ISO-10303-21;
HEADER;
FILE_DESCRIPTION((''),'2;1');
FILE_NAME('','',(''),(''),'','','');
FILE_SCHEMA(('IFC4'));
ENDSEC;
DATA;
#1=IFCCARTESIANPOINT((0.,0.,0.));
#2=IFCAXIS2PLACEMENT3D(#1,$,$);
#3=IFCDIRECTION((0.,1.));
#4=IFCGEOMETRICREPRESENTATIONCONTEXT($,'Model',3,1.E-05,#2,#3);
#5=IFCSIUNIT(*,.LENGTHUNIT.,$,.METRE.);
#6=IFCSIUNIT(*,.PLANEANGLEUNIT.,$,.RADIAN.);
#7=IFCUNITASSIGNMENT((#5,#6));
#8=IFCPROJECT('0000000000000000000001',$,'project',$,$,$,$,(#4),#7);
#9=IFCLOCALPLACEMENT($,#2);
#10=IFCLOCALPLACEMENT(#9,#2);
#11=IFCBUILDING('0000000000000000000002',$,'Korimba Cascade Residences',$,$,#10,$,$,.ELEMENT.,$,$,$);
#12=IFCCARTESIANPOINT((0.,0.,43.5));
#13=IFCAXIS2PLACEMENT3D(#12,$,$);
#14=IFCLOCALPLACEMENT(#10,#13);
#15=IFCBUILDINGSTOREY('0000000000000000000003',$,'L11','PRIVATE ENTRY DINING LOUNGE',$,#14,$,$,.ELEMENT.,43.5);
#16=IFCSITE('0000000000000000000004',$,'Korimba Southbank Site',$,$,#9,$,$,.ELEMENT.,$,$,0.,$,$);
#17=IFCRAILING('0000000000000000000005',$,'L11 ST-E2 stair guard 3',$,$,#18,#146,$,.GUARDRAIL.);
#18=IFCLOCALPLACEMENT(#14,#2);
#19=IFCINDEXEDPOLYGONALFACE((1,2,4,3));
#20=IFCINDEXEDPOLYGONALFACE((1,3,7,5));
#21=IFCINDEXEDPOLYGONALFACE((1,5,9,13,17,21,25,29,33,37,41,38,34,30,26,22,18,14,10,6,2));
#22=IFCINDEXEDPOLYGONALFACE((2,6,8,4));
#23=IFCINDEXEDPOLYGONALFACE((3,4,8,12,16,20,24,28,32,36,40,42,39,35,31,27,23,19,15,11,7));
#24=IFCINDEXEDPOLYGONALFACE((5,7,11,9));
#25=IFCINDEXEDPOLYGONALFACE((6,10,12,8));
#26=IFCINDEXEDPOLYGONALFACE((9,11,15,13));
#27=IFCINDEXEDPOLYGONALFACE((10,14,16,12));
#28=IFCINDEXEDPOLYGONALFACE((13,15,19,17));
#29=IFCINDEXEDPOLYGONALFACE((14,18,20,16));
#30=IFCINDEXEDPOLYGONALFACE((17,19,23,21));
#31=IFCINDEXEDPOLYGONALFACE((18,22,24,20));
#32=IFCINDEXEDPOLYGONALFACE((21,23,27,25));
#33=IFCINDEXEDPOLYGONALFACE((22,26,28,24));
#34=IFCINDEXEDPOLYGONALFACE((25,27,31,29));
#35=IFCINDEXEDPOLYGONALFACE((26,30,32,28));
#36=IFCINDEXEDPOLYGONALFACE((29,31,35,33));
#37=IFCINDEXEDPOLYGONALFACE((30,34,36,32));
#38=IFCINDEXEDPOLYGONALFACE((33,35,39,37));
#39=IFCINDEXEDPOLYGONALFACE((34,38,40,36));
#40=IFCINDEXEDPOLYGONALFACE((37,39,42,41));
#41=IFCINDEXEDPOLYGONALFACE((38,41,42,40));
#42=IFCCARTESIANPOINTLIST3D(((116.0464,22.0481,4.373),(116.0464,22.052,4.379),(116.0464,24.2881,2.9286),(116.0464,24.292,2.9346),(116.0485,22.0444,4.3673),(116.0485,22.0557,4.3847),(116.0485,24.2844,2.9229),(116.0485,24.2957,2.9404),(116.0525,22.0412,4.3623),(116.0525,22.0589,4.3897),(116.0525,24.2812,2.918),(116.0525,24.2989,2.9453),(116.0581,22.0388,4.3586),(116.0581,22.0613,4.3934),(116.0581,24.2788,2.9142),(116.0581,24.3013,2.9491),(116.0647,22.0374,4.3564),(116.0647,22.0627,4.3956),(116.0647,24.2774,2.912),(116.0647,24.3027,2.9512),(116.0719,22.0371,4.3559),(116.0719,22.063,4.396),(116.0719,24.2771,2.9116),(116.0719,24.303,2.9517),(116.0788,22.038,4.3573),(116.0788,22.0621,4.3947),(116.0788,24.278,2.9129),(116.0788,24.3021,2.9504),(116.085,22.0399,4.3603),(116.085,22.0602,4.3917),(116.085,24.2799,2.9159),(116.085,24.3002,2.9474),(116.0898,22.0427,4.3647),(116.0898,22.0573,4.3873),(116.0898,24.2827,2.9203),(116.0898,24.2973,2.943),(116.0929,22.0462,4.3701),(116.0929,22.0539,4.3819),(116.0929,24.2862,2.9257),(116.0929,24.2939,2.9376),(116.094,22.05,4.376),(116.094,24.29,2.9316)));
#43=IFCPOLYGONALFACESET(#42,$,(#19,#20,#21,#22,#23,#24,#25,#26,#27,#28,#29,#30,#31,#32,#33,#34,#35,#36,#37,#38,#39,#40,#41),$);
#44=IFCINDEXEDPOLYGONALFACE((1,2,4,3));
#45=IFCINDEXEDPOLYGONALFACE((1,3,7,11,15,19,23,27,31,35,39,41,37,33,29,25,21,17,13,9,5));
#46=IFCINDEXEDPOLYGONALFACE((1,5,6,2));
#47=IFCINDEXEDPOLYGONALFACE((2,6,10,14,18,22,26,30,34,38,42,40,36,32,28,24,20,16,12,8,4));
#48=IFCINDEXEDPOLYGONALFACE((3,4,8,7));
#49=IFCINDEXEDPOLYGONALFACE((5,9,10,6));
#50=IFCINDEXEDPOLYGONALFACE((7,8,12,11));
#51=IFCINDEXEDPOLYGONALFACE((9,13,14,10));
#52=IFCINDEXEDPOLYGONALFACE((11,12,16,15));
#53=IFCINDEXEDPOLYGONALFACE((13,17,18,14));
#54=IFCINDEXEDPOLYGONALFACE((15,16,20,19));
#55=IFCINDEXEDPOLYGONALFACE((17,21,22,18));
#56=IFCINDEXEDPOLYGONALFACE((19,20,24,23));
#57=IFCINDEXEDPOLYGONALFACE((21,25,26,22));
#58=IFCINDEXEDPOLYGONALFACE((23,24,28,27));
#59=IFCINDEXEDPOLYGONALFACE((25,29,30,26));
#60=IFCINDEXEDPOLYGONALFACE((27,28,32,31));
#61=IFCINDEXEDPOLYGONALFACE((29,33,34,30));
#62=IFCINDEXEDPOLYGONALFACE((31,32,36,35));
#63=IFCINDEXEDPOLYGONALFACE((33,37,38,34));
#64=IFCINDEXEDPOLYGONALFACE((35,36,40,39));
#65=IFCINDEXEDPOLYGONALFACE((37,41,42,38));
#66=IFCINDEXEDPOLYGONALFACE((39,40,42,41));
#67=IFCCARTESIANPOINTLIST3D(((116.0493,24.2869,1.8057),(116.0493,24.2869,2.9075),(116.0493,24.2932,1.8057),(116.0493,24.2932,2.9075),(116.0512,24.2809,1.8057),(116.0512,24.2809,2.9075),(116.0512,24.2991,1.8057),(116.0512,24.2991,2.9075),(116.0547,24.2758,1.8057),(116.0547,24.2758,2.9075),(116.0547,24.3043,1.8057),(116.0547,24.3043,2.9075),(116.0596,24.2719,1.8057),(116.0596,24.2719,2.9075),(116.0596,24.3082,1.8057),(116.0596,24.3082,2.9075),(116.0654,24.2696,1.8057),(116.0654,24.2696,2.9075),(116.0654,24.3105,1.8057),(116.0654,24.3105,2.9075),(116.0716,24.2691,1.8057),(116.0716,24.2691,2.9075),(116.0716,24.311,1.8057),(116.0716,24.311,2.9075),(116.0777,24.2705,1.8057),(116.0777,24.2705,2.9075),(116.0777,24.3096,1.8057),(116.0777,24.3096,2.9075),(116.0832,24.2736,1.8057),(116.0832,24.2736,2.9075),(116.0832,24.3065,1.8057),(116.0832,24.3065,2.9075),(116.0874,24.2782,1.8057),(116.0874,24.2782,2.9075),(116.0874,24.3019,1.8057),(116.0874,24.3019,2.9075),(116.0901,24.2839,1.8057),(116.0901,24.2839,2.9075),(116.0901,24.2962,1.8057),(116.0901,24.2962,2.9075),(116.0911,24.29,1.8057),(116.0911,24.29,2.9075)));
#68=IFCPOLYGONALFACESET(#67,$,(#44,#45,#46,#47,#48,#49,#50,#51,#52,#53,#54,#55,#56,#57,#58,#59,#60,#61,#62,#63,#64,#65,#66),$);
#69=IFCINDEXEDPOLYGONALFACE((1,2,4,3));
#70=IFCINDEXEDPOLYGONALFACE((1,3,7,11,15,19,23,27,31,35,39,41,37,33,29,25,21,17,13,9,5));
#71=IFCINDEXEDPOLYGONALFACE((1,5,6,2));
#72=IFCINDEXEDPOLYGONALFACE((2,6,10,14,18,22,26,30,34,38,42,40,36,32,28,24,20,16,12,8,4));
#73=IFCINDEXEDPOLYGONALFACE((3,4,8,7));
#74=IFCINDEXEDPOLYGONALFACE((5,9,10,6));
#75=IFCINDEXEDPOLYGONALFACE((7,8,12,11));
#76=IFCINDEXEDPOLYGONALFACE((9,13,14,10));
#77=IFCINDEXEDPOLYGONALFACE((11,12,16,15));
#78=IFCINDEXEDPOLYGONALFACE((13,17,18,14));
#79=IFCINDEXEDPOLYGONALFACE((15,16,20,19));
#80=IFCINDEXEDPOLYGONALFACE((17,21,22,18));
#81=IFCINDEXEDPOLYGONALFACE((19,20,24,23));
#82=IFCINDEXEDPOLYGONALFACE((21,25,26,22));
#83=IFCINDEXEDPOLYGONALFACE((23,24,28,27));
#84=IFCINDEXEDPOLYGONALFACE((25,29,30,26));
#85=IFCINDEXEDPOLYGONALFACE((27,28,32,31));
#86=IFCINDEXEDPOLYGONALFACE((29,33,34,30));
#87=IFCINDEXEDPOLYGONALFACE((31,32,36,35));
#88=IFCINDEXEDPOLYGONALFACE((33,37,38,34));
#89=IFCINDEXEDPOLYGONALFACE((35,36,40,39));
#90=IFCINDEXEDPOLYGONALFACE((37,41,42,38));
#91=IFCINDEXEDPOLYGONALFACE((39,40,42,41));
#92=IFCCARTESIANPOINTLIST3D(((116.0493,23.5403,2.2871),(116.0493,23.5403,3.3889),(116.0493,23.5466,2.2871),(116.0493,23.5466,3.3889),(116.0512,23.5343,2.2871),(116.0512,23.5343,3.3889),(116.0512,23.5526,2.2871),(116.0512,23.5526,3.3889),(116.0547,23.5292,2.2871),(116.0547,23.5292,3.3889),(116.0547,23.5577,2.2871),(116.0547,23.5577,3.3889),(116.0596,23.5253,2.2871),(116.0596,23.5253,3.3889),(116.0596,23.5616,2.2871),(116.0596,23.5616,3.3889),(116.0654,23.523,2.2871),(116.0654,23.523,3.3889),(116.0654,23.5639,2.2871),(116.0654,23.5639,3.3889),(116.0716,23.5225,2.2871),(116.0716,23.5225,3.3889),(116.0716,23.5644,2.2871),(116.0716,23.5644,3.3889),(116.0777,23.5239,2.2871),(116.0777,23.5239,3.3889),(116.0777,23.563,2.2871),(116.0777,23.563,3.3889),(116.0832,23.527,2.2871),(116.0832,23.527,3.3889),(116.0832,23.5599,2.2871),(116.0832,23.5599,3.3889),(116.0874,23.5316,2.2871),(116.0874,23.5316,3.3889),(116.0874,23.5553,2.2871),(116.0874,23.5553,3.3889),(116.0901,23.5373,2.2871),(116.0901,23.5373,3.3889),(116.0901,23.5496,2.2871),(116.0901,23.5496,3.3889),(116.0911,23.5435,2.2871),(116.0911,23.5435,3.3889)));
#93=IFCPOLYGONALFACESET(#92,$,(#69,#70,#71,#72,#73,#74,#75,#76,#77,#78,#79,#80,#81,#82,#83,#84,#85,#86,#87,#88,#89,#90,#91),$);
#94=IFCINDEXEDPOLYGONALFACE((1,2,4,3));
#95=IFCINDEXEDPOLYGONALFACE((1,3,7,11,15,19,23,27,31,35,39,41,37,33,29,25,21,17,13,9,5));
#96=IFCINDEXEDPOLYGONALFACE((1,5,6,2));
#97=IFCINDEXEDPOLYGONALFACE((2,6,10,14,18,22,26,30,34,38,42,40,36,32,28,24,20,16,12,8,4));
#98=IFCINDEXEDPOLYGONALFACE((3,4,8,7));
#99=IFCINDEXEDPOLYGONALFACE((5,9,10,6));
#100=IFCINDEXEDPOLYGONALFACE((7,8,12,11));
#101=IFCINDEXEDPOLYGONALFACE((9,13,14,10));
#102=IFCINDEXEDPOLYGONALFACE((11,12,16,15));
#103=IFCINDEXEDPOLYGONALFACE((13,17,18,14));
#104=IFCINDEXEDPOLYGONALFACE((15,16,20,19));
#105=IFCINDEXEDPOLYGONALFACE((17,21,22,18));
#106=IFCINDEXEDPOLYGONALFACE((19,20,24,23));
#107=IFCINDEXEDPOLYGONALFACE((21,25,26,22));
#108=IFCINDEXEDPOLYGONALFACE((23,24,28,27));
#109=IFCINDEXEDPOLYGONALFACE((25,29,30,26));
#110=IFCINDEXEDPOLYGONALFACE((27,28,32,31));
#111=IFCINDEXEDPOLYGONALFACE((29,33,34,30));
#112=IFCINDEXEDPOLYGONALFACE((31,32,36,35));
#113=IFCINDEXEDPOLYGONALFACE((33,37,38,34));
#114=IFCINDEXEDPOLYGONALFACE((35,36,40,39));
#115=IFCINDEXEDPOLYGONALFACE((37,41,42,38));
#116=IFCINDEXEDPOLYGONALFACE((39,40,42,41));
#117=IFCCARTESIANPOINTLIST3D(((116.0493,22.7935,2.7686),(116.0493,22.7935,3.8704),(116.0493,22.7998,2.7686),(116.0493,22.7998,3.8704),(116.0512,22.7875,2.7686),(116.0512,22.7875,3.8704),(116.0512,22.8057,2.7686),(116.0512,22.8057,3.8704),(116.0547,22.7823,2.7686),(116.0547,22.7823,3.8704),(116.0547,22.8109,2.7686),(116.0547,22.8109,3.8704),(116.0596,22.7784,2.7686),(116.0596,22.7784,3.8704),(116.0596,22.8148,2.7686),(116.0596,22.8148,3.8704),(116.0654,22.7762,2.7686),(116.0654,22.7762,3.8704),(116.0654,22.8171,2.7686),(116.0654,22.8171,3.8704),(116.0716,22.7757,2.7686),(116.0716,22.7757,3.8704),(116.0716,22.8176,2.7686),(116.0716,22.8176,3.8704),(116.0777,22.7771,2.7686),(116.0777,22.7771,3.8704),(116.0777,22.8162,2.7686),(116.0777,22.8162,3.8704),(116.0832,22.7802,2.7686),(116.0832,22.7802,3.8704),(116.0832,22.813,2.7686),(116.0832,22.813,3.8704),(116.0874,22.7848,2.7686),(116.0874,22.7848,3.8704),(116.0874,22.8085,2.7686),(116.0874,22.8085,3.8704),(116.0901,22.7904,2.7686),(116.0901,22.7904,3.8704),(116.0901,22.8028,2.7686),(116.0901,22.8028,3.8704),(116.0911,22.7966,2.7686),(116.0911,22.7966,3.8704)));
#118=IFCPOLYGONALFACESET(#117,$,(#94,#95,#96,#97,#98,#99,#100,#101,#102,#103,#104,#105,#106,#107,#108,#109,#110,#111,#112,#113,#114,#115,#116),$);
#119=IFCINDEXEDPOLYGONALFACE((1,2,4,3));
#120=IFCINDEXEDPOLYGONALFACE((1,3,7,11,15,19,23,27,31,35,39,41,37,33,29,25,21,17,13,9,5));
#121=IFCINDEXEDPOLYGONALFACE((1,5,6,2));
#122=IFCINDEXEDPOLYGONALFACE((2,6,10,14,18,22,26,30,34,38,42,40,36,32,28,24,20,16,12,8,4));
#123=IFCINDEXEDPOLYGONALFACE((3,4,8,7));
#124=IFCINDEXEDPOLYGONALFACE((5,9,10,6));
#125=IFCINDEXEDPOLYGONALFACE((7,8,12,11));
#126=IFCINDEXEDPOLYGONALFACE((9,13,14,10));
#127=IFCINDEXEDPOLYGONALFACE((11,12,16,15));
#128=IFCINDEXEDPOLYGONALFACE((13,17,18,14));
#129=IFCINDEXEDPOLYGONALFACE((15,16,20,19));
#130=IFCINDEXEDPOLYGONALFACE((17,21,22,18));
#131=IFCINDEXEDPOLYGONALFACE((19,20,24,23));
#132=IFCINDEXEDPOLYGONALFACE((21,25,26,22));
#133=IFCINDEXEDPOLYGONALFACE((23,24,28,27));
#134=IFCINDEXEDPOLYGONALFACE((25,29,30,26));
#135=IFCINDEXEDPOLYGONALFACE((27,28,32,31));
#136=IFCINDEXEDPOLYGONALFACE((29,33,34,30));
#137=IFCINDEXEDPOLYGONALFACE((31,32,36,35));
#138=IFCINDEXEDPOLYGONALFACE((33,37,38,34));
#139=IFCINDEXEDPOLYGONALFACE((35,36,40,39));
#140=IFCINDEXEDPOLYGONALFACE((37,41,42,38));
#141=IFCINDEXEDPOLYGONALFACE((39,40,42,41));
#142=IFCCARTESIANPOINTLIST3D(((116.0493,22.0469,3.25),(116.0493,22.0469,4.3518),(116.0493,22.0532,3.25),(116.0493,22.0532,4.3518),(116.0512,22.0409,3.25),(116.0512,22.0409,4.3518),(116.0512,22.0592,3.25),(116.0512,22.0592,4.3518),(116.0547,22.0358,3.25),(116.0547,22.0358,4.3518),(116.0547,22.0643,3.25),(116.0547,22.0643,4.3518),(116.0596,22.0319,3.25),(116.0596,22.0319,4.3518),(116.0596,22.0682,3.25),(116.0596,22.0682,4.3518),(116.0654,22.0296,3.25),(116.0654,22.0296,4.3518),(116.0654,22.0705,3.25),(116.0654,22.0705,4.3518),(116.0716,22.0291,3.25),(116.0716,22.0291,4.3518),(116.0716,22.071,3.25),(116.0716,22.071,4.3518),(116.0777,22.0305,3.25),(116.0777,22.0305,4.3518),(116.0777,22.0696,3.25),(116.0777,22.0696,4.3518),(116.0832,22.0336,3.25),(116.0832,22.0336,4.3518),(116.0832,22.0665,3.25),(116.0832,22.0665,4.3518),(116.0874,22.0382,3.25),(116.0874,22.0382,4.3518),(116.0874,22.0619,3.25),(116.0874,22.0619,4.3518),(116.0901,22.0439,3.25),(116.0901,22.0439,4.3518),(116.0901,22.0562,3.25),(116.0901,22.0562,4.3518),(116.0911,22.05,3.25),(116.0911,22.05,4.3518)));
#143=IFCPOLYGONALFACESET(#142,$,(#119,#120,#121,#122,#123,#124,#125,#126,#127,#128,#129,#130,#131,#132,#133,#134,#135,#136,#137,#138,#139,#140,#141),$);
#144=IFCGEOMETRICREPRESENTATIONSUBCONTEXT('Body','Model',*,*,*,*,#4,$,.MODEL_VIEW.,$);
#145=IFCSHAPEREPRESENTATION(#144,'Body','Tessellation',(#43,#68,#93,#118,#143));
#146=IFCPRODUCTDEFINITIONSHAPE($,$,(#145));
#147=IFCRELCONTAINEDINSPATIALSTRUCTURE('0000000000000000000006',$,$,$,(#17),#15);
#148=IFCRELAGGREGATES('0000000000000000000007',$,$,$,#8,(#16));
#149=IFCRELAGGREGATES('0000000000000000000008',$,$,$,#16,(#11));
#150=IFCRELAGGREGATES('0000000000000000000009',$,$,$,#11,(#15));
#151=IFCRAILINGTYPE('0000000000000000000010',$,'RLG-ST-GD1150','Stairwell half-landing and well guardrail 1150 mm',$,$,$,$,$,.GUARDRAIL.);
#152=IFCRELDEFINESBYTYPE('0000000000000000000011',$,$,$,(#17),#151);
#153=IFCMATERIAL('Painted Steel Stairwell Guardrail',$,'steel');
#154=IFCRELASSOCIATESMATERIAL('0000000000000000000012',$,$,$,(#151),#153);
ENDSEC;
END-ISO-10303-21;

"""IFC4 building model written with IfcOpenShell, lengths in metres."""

from ifc_helpers import new_model, si_unit, direction, frame, origin, origin_2d, place, context, subcontext, project, spatial, circle, extrude, material, type_object, element, save


model = new_model("IFC4")

# Units and contexts
model_context = context("Model", 3, precision=1e-05, world=origin(), true_north=direction((0.0, 1.0)))
body_context = subcontext(model_context, "Body", "Model", "MODEL_VIEW")
ifc_project = project(units=[si_unit("LENGTHUNIT", "METRE"), si_unit("PLANEANGLEUNIT", "RADIAN")], contexts=[model_context])

# Site, building, storey
site_placement = place(None, origin())
site = spatial("IfcSite", under=ifc_project, at=site_placement, Name="Korimba Southbank Site", CompositionType="ELEMENT", RefElevation=0.0)
building_placement = place(site_placement, origin())
building = spatial("IfcBuilding", under=site, at=building_placement, Name="Korimba Cascade Residences", CompositionType="ELEMENT")
storey_placement = place(building_placement, frame((0.0, 0.0, 43.5)))
storey = spatial("IfcBuildingStorey", under=building, at=storey_placement, Name="L11", Description="PRIVATE ENTRY DINING LOUNGE", CompositionType="ELEMENT", Elevation=43.5)

# Railing
ifc_material_1 = material(Name="Painted Steel Stairwell Guardrail", Category="steel")
railing_type_1 = type_object("IfcRailingType", Name="RLG-ST-GD1150", Description="Stairwell half-landing and well guardrail 1150 mm", PredefinedType="GUARDRAIL", material=ifc_material_1)
railing_1_placement = place(storey_placement, frame((116.0701, 24.29, 1.8057)))
element("IfcRailing", 1, at=railing_1_placement, inside=storey, type_object=railing_type_1, Name="L11 ST-E2 stair guard 3", PredefinedType="GUARDRAIL", context=body_context, shape_type="SweptSolid", body=[
    extrude(circle(Radius=0.0239, at=origin_2d()), frame((0.0, 0.0, 1.126), z_axis=(0.0, -0.840437, 0.54191), x_axis=(1.0, 0.0, 0.0)), (0.0, 0.0, 1.0), 2.6653),
    extrude(circle(Radius=0.021, at=origin_2d()), origin(), (0.0, 0.0, 1.0), 1.1018),
    extrude(circle(Radius=0.021, at=origin_2d()), frame((0.0, -0.7466, 0.4814)), (0.0, 0.0, 1.0), 1.1018),
    extrude(circle(Radius=0.021, at=origin_2d()), frame((0.0, -1.4934, 0.9629)), (0.0, 0.0, 1.0), 1.1018),
    extrude(circle(Radius=0.021, at=origin_2d()), frame((0.0, -2.24, 1.4443)), (0.0, 0.0, 1.0), 1.1018),
])

save(model, "model.ifc")
